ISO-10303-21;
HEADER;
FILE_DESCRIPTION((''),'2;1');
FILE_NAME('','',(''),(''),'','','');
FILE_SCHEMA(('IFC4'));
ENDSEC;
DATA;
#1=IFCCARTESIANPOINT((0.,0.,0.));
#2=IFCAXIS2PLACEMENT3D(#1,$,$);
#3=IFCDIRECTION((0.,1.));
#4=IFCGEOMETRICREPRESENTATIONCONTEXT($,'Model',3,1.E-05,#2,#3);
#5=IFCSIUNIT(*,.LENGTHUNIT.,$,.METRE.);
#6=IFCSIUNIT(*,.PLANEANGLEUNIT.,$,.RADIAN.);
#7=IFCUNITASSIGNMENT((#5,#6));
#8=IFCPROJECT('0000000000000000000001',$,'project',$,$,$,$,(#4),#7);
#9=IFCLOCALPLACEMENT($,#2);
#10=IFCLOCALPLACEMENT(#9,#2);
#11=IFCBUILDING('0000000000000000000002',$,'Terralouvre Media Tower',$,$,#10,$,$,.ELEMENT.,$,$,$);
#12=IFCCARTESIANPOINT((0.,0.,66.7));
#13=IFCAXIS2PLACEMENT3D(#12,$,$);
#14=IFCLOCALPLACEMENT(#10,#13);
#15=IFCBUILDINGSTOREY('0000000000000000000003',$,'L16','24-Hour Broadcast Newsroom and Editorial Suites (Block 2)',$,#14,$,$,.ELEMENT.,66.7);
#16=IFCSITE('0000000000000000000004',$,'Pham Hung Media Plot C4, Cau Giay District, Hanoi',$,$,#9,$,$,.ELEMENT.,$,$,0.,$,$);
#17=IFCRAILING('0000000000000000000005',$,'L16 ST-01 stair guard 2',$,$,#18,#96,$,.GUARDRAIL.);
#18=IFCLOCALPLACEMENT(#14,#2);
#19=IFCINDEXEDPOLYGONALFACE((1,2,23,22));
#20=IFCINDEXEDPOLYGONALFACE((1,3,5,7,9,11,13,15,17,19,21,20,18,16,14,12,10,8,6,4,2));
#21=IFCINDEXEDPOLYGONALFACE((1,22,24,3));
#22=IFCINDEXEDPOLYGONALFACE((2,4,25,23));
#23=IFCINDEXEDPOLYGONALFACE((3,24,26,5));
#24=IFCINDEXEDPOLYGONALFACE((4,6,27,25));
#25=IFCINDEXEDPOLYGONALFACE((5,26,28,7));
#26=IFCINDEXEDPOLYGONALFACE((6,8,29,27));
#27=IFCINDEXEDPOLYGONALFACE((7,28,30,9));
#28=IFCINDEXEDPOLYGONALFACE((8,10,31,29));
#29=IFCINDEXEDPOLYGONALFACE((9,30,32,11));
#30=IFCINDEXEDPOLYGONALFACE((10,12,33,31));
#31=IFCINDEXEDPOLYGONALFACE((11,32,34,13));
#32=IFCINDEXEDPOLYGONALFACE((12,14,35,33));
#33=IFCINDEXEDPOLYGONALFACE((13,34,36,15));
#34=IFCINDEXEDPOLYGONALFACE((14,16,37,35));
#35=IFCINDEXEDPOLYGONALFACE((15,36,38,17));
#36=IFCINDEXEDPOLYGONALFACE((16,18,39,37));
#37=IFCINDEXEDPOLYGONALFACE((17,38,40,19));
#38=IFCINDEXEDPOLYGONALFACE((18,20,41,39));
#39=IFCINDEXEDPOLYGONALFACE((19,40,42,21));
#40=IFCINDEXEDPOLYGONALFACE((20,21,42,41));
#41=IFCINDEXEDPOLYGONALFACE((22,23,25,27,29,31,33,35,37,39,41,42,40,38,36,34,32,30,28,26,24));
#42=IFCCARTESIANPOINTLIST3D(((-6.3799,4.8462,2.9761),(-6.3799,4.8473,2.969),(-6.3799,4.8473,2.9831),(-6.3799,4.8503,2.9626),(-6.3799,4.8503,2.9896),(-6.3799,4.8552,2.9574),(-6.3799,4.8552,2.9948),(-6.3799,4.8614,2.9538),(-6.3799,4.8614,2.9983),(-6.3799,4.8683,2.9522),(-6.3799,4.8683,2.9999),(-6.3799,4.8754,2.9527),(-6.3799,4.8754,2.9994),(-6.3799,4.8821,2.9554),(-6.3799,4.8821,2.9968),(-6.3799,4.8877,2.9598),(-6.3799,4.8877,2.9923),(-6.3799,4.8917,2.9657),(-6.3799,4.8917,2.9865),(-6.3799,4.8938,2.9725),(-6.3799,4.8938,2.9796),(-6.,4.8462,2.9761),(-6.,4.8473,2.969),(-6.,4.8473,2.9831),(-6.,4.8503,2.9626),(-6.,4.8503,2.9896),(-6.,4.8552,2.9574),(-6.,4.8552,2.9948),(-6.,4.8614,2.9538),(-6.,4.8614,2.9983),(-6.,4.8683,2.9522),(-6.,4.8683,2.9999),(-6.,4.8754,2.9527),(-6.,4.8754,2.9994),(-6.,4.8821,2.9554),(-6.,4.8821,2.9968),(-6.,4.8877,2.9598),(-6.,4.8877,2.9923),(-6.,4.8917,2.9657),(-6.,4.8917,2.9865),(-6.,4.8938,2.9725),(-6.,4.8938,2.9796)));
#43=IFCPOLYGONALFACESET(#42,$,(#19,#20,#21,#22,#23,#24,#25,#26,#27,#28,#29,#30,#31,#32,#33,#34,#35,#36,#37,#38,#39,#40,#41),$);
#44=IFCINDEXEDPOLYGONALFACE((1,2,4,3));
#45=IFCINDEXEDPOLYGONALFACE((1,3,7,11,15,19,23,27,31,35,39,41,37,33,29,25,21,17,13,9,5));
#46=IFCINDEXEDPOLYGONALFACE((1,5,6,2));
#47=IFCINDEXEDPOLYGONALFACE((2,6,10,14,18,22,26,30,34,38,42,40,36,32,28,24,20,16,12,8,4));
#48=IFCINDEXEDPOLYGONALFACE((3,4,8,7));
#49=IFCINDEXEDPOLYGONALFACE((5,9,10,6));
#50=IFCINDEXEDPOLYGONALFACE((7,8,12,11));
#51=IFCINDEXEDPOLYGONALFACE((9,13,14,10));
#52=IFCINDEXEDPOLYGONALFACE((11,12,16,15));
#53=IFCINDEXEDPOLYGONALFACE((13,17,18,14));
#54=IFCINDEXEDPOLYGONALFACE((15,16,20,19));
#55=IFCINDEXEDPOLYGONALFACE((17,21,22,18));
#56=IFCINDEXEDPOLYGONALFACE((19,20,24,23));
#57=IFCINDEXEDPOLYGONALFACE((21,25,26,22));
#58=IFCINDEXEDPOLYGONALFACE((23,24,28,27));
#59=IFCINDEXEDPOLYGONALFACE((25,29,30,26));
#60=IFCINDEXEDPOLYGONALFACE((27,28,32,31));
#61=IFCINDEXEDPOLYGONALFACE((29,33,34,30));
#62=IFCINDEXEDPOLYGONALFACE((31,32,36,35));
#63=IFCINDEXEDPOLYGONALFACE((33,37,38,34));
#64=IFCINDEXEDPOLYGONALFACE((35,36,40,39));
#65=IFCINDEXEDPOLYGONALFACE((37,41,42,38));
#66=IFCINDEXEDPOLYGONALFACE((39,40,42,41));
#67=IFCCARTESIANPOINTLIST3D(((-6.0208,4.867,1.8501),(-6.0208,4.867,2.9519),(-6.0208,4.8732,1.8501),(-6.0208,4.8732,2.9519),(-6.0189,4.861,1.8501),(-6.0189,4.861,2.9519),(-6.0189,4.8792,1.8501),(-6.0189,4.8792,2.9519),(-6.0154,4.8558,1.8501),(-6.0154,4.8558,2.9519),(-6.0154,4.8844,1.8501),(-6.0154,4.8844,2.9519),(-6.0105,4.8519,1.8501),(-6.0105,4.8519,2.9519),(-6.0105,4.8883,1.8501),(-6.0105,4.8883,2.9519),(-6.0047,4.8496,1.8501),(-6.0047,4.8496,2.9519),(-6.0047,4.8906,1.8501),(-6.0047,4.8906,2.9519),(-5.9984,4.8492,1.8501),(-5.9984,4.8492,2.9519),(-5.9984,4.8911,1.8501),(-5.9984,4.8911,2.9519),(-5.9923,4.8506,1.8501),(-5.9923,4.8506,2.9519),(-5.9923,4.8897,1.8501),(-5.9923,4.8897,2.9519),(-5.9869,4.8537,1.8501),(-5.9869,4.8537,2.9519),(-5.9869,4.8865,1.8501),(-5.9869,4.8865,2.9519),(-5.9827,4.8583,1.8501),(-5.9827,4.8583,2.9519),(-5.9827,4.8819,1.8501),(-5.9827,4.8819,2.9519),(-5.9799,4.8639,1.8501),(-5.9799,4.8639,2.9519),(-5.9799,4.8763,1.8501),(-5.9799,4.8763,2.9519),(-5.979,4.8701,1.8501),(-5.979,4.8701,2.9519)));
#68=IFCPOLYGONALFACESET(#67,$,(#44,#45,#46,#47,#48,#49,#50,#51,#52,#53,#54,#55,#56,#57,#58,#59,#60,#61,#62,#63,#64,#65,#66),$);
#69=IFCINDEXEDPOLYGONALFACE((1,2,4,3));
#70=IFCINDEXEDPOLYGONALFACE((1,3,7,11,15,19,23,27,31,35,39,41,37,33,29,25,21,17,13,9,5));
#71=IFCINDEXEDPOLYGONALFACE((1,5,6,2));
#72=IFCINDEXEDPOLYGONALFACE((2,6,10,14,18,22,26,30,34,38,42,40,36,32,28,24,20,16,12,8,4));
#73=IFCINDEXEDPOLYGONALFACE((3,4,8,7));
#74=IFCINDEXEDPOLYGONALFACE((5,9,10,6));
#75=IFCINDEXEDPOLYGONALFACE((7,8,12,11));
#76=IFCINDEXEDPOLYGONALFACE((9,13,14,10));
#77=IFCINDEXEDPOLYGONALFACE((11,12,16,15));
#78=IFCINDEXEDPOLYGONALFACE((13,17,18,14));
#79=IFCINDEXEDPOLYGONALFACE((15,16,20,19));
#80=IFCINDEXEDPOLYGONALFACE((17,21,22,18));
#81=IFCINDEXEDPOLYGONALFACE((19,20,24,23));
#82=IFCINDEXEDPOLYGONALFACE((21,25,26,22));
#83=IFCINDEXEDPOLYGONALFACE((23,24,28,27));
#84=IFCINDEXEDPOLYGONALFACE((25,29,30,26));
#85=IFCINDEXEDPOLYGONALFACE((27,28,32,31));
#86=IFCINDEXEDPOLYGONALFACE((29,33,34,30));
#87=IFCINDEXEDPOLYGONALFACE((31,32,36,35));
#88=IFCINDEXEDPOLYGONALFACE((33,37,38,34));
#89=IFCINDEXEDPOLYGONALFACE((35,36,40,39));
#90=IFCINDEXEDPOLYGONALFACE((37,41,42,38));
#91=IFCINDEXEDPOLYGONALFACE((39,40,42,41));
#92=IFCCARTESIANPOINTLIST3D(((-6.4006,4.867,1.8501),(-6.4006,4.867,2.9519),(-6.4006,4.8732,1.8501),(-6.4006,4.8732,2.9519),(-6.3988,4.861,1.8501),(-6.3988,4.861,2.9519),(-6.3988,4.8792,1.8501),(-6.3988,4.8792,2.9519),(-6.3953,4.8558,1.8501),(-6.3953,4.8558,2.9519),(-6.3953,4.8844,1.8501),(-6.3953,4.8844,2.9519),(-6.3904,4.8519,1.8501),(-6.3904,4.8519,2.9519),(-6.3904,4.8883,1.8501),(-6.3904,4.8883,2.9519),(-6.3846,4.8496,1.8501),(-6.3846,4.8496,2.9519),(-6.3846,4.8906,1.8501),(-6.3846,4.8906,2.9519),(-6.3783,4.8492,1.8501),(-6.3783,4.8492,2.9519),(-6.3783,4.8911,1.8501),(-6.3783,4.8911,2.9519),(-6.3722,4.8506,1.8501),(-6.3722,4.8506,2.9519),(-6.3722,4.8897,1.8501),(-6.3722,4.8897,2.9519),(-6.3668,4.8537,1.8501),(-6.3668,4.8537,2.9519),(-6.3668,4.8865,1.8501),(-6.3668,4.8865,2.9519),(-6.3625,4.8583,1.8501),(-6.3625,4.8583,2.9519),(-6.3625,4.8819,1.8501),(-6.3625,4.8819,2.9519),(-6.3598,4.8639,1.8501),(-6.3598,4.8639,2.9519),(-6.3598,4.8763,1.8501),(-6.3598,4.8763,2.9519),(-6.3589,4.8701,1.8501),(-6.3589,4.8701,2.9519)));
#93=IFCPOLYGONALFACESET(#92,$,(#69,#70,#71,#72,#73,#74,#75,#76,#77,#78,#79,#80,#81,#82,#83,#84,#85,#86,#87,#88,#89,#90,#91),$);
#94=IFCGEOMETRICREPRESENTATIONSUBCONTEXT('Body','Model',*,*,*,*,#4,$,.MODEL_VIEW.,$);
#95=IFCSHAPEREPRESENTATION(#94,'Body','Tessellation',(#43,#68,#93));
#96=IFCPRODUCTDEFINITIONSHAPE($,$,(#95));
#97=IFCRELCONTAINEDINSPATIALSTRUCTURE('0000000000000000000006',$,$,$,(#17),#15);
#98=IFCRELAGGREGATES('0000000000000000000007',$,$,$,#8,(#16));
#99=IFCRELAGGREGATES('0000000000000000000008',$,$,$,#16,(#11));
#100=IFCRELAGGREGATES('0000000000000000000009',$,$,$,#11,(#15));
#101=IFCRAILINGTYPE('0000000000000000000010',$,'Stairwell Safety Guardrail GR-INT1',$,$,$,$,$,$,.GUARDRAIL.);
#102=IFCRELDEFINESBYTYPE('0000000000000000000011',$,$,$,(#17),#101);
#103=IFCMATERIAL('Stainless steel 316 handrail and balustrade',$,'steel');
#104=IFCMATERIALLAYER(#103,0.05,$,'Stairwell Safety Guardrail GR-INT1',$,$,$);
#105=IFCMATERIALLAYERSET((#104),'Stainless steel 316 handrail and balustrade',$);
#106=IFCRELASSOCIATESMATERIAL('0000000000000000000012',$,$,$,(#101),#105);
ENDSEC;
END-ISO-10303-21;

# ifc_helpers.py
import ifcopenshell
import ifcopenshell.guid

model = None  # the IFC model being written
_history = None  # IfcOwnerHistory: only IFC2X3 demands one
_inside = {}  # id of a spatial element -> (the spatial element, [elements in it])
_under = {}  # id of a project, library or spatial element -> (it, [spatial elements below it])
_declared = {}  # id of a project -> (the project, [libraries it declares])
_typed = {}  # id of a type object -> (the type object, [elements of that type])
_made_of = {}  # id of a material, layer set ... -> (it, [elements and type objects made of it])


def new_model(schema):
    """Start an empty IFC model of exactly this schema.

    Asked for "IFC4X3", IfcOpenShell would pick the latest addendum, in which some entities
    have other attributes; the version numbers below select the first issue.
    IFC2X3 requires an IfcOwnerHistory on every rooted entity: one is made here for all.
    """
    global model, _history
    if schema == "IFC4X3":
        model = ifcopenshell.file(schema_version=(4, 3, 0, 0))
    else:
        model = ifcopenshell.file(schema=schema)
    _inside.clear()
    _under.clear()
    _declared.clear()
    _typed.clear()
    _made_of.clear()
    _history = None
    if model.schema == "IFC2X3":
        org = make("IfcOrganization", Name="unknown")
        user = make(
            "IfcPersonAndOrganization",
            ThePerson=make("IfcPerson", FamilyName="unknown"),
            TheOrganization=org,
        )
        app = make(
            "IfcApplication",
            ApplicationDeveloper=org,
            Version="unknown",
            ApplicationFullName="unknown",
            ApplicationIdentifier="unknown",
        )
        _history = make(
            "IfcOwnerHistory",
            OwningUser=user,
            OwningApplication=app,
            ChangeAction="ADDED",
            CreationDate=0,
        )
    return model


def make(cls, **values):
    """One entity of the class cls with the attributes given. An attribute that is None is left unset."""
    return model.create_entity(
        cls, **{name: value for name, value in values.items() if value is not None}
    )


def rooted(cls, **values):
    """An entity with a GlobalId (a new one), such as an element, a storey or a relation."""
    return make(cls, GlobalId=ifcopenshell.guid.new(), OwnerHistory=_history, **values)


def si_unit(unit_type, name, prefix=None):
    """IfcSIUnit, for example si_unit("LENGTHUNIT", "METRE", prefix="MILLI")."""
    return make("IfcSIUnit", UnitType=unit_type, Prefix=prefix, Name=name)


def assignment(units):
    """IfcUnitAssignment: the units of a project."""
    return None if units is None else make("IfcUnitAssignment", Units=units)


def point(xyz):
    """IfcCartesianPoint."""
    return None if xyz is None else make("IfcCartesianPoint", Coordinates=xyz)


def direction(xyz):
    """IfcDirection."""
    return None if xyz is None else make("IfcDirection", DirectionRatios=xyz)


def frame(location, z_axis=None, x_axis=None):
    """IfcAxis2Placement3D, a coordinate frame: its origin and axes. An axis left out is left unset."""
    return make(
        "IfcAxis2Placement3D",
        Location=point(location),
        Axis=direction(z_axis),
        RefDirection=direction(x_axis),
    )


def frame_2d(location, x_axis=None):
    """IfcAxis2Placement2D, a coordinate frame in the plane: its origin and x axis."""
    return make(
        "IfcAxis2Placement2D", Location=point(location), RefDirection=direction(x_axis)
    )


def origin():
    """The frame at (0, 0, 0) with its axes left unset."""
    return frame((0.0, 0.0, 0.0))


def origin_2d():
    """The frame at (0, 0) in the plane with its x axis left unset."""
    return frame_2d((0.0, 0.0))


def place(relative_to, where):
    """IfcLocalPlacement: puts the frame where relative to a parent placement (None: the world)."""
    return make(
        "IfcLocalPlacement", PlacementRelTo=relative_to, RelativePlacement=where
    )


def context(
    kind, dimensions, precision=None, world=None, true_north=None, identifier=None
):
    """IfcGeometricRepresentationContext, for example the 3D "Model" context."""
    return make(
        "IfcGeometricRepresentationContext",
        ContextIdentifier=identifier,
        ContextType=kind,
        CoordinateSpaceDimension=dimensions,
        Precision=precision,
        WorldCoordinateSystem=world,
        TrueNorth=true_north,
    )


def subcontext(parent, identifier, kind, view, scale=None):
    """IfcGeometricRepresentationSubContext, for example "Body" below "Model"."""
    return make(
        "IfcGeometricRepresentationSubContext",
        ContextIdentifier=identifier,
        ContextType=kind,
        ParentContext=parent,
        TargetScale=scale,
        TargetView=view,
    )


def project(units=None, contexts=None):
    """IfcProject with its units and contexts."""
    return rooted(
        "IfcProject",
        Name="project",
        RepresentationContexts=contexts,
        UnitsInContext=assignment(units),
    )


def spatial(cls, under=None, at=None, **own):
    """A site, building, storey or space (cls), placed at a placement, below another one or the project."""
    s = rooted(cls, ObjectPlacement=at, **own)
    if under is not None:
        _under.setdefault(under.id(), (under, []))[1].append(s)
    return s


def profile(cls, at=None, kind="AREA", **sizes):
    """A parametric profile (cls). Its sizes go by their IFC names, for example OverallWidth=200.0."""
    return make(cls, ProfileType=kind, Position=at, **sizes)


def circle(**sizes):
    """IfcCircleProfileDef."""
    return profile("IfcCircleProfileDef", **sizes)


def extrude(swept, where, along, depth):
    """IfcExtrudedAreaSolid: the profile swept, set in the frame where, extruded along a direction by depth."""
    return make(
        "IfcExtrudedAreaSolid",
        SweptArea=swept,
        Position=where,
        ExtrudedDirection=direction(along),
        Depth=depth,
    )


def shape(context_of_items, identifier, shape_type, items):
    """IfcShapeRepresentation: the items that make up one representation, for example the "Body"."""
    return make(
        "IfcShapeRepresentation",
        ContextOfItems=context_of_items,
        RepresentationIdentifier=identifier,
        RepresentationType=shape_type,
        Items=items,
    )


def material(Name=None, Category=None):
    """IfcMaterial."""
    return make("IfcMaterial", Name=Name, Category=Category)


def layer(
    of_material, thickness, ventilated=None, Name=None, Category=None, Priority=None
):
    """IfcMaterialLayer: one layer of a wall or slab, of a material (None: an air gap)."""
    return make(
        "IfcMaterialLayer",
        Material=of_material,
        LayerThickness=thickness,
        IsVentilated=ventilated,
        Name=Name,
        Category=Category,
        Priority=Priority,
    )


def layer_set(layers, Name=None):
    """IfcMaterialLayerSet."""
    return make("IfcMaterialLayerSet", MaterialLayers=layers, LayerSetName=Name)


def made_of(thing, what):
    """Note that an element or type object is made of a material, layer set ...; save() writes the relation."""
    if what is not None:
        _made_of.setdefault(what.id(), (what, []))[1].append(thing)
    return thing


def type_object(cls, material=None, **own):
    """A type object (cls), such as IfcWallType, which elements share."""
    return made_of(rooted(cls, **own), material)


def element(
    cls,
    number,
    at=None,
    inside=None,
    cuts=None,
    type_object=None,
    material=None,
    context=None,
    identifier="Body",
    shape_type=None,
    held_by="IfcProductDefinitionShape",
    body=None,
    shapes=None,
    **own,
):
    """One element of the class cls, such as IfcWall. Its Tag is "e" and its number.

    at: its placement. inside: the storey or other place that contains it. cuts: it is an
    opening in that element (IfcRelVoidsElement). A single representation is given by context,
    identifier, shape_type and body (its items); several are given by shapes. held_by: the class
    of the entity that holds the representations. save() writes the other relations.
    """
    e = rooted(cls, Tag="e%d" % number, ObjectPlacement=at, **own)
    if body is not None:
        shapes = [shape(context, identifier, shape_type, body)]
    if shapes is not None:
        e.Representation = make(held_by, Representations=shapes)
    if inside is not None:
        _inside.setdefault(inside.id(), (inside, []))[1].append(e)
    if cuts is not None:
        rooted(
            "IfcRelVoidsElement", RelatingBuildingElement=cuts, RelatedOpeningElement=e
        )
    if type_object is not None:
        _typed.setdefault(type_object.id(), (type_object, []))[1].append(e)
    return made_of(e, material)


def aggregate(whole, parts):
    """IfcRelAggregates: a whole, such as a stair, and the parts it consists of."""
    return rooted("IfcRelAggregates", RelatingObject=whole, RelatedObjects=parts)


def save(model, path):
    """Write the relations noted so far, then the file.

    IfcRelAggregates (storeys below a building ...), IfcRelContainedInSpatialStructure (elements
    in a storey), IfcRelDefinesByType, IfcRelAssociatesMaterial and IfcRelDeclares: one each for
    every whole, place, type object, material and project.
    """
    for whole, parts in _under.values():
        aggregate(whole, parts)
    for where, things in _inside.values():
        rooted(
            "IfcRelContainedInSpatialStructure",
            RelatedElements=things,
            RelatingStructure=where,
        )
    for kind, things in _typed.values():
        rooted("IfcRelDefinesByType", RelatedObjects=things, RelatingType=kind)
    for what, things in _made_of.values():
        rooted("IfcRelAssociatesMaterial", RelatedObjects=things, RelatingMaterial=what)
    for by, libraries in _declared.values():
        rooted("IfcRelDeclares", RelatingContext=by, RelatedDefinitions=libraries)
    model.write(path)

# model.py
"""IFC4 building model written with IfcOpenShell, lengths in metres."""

from ifc_helpers import new_model, si_unit, direction, frame, origin, origin_2d, place, context, subcontext, project, spatial, circle, extrude, material, layer, layer_set, type_object, element, save


model = new_model("IFC4")

# Units and contexts
model_context = context("Model", 3, precision=1e-05, world=origin(), true_north=direction((0.0, 1.0)))
body_context = subcontext(model_context, "Body", "Model", "MODEL_VIEW")
ifc_project = project(units=[si_unit("LENGTHUNIT", "METRE"), si_unit("PLANEANGLEUNIT", "RADIAN")], contexts=[model_context])

# Site, building, storey
site_placement = place(None, origin())
site = spatial("IfcSite", under=ifc_project, at=site_placement, Name="Pham Hung Media Plot C4, Cau Giay District, Hanoi", CompositionType="ELEMENT", RefElevation=0.0)
building_placement = place(site_placement, origin())
building = spatial("IfcBuilding", under=site, at=building_placement, Name="Terralouvre Media Tower", CompositionType="ELEMENT")
storey_placement = place(building_placement, frame((0.0, 0.0, 66.7)))
storey = spatial("IfcBuildingStorey", under=building, at=storey_placement, Name="L16", Description="24-Hour Broadcast Newsroom and Editorial Suites (Block 2)", CompositionType="ELEMENT", Elevation=66.7)

# Railing
ifc_material_1 = material(Name="Stainless steel 316 handrail and balustrade", Category="steel")
ifc_layer_1 = layer(ifc_material_1, 0.05, Name="Stairwell Safety Guardrail GR-INT1")
ifc_layer_set_1 = layer_set([ifc_layer_1], Name="Stainless steel 316 handrail and balustrade")
railing_type_1 = type_object("IfcRailingType", Name="Stairwell Safety Guardrail GR-INT1", PredefinedType="GUARDRAIL", material=ifc_layer_set_1)
railing_1_placement = place(storey_placement, frame((-6.0, 4.8701, 1.8501)))
element("IfcRailing", 1, at=railing_1_placement, inside=storey, type_object=railing_type_1, Name="L16 ST-01 stair guard 2", PredefinedType="GUARDRAIL", context=body_context, shape_type="SweptSolid", body=[
    extrude(circle(Radius=0.0239, at=origin_2d()), frame((0.0, 0.0, 1.126), z_axis=(-1.0, 0.0, 0.0), x_axis=(0.0, -1.0, 0.0)), (0.0, 0.0, 1.0), 0.3799),
    extrude(circle(Radius=0.021, at=origin_2d()), origin(), (0.0, 0.0, 1.0), 1.1018),
    extrude(circle(Radius=0.021, at=origin_2d()), frame((-0.3799, 0.0, 0.0)), (0.0, 0.0, 1.0), 1.1018),
])

save(model, "model.ifc")
